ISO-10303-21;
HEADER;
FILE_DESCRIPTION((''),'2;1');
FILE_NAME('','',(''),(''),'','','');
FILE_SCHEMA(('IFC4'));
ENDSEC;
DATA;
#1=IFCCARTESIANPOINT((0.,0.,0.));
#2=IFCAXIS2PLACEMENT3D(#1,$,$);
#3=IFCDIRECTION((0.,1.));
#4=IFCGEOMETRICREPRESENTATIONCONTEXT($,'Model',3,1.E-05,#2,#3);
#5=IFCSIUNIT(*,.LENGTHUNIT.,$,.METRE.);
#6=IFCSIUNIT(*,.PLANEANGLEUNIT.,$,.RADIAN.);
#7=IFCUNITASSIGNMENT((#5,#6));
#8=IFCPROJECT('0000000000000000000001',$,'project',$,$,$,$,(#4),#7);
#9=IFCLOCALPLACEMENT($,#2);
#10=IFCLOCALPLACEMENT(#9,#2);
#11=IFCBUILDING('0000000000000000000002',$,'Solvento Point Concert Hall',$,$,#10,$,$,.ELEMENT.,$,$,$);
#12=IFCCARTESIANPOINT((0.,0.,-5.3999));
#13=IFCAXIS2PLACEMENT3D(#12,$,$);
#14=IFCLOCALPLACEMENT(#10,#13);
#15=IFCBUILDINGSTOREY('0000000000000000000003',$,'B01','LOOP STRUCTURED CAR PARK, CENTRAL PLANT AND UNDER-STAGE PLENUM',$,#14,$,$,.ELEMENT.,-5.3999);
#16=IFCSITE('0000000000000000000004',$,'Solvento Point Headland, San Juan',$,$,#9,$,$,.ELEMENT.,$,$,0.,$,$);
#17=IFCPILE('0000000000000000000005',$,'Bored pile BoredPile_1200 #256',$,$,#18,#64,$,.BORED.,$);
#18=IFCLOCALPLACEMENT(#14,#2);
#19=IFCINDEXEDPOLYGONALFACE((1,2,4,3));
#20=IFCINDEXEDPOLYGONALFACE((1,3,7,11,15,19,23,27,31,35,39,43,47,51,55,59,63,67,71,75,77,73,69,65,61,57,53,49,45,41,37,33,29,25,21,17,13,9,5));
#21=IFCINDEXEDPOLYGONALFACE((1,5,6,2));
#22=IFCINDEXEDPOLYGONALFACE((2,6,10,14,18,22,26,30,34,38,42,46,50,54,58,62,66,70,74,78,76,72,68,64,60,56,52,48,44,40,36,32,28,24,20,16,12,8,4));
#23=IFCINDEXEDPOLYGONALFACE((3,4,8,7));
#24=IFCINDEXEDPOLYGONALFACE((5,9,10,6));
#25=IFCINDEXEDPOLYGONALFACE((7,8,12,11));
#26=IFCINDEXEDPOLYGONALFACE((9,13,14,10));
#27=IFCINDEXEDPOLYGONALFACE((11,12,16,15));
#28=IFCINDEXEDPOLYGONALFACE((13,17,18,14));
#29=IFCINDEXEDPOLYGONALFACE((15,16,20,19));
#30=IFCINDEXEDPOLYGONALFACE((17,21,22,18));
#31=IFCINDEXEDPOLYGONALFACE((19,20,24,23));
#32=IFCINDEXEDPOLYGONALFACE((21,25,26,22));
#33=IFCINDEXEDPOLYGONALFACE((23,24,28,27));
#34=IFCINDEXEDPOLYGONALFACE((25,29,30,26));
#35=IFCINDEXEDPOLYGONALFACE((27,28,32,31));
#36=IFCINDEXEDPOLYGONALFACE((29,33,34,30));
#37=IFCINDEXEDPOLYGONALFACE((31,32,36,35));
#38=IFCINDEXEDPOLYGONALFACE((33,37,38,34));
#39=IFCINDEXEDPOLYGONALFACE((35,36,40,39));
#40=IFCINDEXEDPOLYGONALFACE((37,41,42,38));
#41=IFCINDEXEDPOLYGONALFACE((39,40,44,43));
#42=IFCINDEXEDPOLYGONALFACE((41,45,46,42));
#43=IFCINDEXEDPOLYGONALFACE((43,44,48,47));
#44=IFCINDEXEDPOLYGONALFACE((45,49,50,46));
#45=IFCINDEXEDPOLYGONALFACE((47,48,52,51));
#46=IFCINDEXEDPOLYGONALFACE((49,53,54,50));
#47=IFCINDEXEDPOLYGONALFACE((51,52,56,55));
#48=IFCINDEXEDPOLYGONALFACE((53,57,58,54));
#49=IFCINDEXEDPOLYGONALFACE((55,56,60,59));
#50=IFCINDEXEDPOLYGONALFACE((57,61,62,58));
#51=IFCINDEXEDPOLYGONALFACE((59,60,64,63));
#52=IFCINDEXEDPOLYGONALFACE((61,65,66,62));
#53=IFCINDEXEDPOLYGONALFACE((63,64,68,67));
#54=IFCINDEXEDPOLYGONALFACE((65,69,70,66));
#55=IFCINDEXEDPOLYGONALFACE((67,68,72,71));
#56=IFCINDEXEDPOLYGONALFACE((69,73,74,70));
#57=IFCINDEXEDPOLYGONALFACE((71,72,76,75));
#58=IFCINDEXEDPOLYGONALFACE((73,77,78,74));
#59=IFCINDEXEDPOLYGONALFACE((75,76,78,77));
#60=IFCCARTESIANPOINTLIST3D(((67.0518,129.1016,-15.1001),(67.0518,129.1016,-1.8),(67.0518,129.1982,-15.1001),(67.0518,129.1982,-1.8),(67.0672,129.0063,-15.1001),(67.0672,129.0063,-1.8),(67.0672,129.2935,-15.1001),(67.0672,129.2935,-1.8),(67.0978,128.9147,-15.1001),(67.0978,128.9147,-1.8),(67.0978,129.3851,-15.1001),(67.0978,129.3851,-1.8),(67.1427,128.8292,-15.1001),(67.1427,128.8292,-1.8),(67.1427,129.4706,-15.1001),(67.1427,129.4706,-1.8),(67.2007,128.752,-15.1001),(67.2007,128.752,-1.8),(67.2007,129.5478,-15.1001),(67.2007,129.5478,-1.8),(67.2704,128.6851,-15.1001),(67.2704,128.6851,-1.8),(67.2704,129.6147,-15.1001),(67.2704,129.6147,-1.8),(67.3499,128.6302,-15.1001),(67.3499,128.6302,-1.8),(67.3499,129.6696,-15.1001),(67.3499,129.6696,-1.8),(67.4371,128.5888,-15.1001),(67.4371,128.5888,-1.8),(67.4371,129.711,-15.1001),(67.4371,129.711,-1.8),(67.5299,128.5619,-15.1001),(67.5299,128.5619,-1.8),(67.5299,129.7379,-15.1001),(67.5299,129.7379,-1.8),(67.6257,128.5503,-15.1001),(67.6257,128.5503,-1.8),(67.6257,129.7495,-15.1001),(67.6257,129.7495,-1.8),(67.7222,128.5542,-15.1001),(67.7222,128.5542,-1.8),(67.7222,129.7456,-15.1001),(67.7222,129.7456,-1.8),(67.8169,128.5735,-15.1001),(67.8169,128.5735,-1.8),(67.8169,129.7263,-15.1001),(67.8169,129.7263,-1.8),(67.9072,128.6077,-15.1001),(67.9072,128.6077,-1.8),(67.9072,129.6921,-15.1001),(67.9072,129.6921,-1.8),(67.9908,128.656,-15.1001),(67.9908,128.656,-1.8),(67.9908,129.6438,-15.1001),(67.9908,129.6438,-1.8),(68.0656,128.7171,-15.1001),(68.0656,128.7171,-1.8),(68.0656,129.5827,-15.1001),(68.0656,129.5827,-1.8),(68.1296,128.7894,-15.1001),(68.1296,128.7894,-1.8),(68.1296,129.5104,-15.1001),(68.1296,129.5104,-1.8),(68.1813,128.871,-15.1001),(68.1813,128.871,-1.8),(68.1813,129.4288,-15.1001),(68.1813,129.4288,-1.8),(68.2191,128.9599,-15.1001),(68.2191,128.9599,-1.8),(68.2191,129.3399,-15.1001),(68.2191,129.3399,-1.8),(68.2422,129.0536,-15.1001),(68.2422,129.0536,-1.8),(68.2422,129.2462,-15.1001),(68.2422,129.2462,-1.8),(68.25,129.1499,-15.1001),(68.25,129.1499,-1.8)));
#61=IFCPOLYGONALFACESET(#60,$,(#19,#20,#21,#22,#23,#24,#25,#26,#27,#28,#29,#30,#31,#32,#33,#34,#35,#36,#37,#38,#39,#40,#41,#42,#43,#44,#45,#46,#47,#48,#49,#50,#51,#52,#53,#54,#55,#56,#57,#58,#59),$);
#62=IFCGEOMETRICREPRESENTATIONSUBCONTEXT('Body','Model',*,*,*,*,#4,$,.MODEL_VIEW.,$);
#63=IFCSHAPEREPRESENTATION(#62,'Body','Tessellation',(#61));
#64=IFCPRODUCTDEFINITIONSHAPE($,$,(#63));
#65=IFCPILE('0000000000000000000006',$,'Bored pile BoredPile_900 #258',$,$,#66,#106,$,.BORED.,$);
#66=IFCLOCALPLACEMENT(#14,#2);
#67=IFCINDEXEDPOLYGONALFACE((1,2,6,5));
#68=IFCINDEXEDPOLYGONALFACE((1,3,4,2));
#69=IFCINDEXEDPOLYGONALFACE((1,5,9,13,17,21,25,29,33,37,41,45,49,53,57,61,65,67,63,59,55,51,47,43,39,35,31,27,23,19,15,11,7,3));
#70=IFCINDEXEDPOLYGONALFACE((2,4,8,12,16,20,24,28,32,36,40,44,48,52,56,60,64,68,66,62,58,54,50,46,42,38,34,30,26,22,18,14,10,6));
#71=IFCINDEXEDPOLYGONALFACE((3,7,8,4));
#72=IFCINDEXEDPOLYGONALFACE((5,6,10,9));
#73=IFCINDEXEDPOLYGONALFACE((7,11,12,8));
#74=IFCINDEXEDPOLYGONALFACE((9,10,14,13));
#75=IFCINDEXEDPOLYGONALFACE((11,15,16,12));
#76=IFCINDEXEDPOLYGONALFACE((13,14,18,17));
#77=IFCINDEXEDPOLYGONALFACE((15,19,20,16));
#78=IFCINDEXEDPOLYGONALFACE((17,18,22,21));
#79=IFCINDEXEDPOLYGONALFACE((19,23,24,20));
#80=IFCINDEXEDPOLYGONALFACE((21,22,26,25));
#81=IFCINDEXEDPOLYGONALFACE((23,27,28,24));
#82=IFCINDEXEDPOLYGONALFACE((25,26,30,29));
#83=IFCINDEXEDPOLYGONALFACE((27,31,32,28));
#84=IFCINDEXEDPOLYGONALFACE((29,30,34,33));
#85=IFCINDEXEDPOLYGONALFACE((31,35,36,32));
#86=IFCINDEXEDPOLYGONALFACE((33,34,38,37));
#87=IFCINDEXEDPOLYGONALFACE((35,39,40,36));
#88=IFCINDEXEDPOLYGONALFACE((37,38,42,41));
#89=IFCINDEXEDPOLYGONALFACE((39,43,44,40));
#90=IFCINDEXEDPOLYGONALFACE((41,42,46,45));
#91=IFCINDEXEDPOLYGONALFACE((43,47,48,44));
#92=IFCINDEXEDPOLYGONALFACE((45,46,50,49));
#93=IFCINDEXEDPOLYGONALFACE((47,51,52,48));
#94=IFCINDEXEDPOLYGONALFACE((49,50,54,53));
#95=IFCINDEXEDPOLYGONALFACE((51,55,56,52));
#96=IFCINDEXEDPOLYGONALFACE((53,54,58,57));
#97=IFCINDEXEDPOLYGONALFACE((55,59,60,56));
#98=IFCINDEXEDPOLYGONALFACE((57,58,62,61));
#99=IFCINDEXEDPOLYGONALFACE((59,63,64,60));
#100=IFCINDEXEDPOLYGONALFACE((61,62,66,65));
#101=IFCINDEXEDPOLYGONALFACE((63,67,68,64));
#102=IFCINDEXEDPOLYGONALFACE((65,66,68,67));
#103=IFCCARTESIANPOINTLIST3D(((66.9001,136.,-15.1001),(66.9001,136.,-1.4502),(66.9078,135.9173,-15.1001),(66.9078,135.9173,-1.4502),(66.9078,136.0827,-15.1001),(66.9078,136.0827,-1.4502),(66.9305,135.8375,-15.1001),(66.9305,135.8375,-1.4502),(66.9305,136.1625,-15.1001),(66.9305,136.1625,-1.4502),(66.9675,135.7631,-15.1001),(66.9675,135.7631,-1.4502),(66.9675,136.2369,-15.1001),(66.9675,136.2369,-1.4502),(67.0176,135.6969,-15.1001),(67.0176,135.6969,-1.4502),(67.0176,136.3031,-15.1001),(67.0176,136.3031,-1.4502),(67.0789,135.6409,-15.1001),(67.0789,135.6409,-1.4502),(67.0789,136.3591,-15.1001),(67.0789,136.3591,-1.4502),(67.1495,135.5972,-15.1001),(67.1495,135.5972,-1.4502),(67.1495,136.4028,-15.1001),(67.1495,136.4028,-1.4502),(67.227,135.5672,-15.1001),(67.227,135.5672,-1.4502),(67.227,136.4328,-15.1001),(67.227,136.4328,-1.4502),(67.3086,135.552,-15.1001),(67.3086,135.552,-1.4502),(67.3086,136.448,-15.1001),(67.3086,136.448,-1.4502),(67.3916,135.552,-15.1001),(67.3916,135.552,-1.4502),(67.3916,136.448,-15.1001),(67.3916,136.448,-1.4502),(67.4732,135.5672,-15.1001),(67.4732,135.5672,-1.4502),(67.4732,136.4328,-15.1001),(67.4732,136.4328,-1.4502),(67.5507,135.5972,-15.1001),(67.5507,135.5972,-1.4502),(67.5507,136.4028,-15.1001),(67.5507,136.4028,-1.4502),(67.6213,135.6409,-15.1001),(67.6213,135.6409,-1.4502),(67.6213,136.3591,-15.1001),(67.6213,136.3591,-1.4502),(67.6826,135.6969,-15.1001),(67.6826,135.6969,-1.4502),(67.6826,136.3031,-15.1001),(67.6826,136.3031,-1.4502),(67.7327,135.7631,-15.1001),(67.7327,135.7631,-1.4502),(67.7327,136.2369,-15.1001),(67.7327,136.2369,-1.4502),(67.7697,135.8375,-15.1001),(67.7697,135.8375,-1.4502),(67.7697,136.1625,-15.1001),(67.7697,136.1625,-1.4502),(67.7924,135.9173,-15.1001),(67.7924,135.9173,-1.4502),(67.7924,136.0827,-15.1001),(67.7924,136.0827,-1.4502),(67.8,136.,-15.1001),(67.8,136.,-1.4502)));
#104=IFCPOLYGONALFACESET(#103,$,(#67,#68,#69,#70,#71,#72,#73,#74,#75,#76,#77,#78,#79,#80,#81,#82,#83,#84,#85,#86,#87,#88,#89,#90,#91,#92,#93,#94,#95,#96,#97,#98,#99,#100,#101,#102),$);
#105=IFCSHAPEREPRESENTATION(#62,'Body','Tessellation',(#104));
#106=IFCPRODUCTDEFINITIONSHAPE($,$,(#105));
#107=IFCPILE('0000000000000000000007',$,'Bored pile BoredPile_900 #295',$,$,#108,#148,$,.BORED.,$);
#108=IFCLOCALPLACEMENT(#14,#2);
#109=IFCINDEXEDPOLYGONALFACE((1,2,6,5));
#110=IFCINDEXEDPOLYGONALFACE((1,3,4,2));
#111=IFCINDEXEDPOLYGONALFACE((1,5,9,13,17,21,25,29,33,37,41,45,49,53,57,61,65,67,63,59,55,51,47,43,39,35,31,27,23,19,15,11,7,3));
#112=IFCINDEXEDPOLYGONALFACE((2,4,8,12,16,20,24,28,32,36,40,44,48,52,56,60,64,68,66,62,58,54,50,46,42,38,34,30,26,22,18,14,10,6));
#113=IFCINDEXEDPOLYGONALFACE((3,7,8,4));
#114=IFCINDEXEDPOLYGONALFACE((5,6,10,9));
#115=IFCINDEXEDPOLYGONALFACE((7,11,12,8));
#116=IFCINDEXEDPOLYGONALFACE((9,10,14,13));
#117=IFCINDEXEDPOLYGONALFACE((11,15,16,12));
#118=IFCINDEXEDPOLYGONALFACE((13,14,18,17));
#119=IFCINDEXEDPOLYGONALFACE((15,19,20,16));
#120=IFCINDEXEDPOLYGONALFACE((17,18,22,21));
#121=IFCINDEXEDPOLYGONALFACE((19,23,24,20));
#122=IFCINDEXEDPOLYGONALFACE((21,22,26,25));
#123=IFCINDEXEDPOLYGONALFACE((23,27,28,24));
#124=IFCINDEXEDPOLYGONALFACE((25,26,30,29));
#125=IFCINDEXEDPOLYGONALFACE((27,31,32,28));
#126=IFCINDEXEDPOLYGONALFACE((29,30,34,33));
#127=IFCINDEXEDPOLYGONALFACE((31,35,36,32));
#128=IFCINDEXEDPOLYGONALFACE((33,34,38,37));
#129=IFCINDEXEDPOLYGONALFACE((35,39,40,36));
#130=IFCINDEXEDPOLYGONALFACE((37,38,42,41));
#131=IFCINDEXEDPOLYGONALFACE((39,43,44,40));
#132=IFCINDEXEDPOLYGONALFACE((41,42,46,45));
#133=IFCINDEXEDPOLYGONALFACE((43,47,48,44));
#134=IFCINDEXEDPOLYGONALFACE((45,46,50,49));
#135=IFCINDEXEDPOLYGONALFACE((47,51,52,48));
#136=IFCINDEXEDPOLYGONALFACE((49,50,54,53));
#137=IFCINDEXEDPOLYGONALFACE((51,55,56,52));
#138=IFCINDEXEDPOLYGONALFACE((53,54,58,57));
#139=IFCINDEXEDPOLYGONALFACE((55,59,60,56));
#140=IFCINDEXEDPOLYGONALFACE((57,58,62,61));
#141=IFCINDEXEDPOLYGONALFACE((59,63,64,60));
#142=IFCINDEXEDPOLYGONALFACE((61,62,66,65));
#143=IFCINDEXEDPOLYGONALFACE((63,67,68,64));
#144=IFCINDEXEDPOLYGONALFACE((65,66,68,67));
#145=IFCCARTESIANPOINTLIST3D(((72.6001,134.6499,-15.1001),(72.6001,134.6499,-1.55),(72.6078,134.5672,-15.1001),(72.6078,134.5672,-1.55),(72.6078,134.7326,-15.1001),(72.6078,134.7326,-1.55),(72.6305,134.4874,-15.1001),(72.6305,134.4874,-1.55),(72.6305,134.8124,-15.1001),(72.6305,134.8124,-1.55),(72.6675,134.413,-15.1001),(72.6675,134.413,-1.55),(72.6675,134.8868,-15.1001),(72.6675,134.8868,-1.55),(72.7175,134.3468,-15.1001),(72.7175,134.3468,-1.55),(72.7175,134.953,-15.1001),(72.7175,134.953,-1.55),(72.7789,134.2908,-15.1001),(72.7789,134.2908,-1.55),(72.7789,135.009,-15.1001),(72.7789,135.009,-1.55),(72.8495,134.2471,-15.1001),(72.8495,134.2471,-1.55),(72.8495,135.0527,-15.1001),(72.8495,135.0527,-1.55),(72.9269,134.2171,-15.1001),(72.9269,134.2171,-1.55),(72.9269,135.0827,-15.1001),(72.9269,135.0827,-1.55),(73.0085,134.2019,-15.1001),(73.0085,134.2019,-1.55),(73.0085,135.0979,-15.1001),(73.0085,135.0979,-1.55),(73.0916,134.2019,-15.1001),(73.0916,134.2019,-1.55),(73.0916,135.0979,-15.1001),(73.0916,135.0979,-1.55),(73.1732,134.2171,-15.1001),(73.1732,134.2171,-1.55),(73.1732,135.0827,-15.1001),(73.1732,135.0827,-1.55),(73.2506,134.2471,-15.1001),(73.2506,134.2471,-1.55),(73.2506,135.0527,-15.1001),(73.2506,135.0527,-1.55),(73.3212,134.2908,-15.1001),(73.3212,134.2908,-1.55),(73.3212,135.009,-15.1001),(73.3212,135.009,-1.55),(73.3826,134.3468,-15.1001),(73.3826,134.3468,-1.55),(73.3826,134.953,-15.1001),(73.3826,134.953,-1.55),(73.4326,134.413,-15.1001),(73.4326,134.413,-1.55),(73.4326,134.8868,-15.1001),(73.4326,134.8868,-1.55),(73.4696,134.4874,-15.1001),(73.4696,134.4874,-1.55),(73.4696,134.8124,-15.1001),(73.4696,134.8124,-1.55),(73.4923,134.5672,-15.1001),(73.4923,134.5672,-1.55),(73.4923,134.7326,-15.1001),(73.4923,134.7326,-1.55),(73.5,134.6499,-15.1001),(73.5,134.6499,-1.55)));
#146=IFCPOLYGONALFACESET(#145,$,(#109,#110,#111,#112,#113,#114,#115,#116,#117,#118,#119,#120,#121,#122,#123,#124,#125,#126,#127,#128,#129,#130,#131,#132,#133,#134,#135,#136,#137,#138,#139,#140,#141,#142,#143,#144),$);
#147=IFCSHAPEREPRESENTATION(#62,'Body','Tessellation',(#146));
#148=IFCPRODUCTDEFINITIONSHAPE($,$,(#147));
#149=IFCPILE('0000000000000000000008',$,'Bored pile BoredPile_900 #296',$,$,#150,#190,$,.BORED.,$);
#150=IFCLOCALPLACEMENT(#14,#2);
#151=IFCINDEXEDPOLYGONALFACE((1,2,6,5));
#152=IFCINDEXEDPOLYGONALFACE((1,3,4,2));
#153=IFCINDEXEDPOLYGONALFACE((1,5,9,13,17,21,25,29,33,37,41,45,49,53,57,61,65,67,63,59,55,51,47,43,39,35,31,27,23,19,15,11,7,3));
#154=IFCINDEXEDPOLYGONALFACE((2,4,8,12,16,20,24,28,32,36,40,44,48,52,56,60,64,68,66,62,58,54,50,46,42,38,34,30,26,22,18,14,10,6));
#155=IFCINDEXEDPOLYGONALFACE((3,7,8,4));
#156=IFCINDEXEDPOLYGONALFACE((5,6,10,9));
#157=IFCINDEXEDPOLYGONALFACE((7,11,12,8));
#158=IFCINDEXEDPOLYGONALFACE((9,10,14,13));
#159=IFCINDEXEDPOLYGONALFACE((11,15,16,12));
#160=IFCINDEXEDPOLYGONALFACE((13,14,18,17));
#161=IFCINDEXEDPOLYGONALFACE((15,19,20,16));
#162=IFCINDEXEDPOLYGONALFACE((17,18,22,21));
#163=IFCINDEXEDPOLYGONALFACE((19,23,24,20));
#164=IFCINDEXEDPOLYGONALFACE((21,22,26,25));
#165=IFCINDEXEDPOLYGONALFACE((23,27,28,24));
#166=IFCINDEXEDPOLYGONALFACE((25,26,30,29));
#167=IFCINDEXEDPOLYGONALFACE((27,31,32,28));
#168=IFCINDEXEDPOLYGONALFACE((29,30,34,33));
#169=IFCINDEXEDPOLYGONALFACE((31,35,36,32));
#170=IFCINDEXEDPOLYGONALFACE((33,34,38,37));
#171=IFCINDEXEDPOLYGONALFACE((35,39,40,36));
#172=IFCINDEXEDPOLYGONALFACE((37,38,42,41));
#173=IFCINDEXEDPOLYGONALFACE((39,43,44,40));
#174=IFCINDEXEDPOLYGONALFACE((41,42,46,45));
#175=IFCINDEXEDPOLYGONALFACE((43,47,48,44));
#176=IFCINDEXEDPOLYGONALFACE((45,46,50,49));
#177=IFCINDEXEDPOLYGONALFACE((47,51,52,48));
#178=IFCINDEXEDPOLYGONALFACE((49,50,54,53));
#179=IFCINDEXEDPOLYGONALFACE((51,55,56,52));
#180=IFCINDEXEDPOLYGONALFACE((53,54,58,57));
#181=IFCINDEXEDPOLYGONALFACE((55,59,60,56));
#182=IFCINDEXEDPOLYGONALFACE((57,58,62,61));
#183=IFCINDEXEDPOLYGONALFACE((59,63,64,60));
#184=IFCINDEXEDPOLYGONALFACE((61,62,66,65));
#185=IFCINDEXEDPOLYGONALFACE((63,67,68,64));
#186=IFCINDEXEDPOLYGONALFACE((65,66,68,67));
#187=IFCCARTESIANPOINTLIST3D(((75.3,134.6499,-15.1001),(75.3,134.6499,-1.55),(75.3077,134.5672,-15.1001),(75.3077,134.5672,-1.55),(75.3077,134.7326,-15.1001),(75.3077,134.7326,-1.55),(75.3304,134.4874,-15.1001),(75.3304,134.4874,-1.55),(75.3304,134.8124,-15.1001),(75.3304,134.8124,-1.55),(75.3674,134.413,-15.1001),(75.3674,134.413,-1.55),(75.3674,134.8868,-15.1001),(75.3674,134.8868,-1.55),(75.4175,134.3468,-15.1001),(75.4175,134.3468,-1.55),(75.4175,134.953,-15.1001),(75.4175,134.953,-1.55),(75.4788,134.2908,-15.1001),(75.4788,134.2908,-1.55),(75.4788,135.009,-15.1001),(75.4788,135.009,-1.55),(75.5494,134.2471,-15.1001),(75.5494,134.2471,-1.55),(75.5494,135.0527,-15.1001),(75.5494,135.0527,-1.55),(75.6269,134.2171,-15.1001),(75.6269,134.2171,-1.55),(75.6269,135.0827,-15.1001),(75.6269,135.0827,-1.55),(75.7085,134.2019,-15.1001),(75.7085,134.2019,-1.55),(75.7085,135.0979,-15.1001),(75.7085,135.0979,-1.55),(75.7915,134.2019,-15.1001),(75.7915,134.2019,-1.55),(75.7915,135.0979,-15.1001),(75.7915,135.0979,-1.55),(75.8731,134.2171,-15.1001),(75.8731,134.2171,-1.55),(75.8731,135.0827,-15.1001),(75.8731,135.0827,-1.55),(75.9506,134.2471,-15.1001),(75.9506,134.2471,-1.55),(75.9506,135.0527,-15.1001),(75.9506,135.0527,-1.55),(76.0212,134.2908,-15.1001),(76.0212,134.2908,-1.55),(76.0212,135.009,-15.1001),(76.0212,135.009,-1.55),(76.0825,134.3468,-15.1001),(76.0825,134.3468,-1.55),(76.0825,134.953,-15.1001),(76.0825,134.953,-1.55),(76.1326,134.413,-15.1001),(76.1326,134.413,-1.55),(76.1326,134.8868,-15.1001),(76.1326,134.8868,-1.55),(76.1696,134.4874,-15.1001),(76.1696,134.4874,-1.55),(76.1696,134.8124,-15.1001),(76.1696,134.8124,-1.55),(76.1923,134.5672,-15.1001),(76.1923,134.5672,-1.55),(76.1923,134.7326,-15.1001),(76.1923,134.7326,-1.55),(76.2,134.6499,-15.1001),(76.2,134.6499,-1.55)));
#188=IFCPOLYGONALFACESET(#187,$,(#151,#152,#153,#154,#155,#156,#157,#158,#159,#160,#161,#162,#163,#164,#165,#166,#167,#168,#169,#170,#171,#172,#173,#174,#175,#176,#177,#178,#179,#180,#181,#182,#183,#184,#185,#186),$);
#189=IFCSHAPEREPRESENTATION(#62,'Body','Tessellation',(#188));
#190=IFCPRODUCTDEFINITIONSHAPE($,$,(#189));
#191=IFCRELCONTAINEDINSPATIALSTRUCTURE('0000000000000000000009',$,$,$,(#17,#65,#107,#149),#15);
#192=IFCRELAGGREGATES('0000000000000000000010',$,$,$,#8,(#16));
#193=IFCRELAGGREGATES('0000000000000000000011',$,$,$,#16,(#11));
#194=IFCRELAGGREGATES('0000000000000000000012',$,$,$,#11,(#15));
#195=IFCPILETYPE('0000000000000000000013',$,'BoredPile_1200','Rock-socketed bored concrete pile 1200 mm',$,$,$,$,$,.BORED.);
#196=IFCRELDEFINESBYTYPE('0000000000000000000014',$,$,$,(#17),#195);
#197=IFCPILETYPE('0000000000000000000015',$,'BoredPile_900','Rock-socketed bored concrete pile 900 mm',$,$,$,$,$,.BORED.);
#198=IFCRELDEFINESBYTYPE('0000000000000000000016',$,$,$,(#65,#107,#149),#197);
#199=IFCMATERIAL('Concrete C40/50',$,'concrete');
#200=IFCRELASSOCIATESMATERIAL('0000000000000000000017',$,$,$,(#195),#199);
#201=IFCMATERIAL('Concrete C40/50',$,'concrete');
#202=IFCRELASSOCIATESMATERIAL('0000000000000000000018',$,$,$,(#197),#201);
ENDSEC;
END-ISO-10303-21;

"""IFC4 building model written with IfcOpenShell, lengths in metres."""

from ifc_helpers import new_model, si_unit, direction, frame, origin, origin_2d, place, context, subcontext, project, spatial, circle, extrude, material, material_profile, profile_set, type_object, element, save


model = new_model("IFC4")

# Units and contexts
model_context = context("Model", 3, precision=1e-05, world=origin(), true_north=direction((0.0, 1.0)))
body_context = subcontext(model_context, "Body", "Model", "MODEL_VIEW")
ifc_project = project(units=[si_unit("LENGTHUNIT", "METRE"), si_unit("PLANEANGLEUNIT", "RADIAN")], contexts=[model_context])

# Site, building, storey
site_placement = place(None, origin())
site = spatial("IfcSite", under=ifc_project, at=site_placement, Name="Solvento Point Headland, San Juan", CompositionType="ELEMENT", RefElevation=0.0)
building_placement = place(site_placement, origin())
building = spatial("IfcBuilding", under=site, at=building_placement, Name="Solvento Point Concert Hall", CompositionType="ELEMENT")
storey_placement = place(building_placement, frame((0.0, 0.0, -5.3999)))
storey = spatial("IfcBuildingStorey", under=building, at=storey_placement, Name="B01", Description="LOOP STRUCTURED CAR PARK, CENTRAL PLANT AND UNDER-STAGE PLENUM", CompositionType="ELEMENT", Elevation=-5.3999)

# Piles
ifc_material_1 = material(Name="Concrete C40/50", Category="concrete")
ifc_material_profile_1 = material_profile(ifc_material_1, circle(Radius=0.6001, at=origin_2d()), Name="BP-1200")
ifc_profile_set_1 = profile_set([ifc_material_profile_1], Name="Concrete C40/50")
pile_type_1 = type_object("IfcPileType", Name="BoredPile_1200", Description="Rock-socketed bored concrete pile 1200 mm", PredefinedType="BORED", material=ifc_profile_set_1)
pile_1_placement = place(storey_placement, frame((67.6499, 129.1499, -1.8), z_axis=(0.0, 0.0, -1.0), x_axis=(1.0, 0.0, 0.0)))
element("IfcPile", 1, at=pile_1_placement, inside=storey, type_object=pile_type_1, Name="Bored pile BoredPile_1200 #256", PredefinedType="BORED", context=body_context, shape_type="SweptSolid", body=[
    extrude(circle(Radius=0.6001, at=origin_2d()), origin(), (0.0, 0.0, 1.0), 13.3),
])
ifc_material_2 = material(Name="Concrete C40/50", Category="concrete")
ifc_material_profile_2 = material_profile(ifc_material_2, circle(Radius=0.45, at=origin_2d()), Name="BP-900")
ifc_profile_set_2 = profile_set([ifc_material_profile_2], Name="Concrete C40/50")
pile_type_2 = type_object("IfcPileType", Name="BoredPile_900", Description="Rock-socketed bored concrete pile 900 mm", PredefinedType="BORED", material=ifc_profile_set_2)
pile_2_placement = place(storey_placement, frame((67.3501, 136.0, -1.4502), z_axis=(0.0, 0.0, -1.0), x_axis=(1.0, 0.0, 0.0)))
element("IfcPile", 2, at=pile_2_placement, inside=storey, type_object=pile_type_2, Name="Bored pile BoredPile_900 #258", PredefinedType="BORED", context=body_context, shape_type="SweptSolid", body=[
    extrude(circle(Radius=0.45, at=origin_2d()), origin(), (0.0, 0.0, 1.0), 13.6499),
])
for number, where, z_axis, x_axis, name in (
    (3, (73.05, 134.6499, -1.55), (0.0, 0.0, -1.0), (1.0, 0.0, 0.0), "Bored pile BoredPile_900 #295"),
    (4, (75.75, 134.6499, -1.55), (0.0, 0.0, -1.0), (1.0, 0.0, 0.0), "Bored pile BoredPile_900 #296"),
):
    element("IfcPile", number, at=place(storey_placement, frame(where, z_axis=z_axis, x_axis=x_axis)), inside=storey, type_object=pile_type_2, Name=name, PredefinedType="BORED", context=body_context, shape_type="SweptSolid", body=[
        extrude(circle(Radius=0.45, at=origin_2d()), origin(), (0.0, 0.0, 1.0), 13.55),
    ])

save(model, "model.ifc")
